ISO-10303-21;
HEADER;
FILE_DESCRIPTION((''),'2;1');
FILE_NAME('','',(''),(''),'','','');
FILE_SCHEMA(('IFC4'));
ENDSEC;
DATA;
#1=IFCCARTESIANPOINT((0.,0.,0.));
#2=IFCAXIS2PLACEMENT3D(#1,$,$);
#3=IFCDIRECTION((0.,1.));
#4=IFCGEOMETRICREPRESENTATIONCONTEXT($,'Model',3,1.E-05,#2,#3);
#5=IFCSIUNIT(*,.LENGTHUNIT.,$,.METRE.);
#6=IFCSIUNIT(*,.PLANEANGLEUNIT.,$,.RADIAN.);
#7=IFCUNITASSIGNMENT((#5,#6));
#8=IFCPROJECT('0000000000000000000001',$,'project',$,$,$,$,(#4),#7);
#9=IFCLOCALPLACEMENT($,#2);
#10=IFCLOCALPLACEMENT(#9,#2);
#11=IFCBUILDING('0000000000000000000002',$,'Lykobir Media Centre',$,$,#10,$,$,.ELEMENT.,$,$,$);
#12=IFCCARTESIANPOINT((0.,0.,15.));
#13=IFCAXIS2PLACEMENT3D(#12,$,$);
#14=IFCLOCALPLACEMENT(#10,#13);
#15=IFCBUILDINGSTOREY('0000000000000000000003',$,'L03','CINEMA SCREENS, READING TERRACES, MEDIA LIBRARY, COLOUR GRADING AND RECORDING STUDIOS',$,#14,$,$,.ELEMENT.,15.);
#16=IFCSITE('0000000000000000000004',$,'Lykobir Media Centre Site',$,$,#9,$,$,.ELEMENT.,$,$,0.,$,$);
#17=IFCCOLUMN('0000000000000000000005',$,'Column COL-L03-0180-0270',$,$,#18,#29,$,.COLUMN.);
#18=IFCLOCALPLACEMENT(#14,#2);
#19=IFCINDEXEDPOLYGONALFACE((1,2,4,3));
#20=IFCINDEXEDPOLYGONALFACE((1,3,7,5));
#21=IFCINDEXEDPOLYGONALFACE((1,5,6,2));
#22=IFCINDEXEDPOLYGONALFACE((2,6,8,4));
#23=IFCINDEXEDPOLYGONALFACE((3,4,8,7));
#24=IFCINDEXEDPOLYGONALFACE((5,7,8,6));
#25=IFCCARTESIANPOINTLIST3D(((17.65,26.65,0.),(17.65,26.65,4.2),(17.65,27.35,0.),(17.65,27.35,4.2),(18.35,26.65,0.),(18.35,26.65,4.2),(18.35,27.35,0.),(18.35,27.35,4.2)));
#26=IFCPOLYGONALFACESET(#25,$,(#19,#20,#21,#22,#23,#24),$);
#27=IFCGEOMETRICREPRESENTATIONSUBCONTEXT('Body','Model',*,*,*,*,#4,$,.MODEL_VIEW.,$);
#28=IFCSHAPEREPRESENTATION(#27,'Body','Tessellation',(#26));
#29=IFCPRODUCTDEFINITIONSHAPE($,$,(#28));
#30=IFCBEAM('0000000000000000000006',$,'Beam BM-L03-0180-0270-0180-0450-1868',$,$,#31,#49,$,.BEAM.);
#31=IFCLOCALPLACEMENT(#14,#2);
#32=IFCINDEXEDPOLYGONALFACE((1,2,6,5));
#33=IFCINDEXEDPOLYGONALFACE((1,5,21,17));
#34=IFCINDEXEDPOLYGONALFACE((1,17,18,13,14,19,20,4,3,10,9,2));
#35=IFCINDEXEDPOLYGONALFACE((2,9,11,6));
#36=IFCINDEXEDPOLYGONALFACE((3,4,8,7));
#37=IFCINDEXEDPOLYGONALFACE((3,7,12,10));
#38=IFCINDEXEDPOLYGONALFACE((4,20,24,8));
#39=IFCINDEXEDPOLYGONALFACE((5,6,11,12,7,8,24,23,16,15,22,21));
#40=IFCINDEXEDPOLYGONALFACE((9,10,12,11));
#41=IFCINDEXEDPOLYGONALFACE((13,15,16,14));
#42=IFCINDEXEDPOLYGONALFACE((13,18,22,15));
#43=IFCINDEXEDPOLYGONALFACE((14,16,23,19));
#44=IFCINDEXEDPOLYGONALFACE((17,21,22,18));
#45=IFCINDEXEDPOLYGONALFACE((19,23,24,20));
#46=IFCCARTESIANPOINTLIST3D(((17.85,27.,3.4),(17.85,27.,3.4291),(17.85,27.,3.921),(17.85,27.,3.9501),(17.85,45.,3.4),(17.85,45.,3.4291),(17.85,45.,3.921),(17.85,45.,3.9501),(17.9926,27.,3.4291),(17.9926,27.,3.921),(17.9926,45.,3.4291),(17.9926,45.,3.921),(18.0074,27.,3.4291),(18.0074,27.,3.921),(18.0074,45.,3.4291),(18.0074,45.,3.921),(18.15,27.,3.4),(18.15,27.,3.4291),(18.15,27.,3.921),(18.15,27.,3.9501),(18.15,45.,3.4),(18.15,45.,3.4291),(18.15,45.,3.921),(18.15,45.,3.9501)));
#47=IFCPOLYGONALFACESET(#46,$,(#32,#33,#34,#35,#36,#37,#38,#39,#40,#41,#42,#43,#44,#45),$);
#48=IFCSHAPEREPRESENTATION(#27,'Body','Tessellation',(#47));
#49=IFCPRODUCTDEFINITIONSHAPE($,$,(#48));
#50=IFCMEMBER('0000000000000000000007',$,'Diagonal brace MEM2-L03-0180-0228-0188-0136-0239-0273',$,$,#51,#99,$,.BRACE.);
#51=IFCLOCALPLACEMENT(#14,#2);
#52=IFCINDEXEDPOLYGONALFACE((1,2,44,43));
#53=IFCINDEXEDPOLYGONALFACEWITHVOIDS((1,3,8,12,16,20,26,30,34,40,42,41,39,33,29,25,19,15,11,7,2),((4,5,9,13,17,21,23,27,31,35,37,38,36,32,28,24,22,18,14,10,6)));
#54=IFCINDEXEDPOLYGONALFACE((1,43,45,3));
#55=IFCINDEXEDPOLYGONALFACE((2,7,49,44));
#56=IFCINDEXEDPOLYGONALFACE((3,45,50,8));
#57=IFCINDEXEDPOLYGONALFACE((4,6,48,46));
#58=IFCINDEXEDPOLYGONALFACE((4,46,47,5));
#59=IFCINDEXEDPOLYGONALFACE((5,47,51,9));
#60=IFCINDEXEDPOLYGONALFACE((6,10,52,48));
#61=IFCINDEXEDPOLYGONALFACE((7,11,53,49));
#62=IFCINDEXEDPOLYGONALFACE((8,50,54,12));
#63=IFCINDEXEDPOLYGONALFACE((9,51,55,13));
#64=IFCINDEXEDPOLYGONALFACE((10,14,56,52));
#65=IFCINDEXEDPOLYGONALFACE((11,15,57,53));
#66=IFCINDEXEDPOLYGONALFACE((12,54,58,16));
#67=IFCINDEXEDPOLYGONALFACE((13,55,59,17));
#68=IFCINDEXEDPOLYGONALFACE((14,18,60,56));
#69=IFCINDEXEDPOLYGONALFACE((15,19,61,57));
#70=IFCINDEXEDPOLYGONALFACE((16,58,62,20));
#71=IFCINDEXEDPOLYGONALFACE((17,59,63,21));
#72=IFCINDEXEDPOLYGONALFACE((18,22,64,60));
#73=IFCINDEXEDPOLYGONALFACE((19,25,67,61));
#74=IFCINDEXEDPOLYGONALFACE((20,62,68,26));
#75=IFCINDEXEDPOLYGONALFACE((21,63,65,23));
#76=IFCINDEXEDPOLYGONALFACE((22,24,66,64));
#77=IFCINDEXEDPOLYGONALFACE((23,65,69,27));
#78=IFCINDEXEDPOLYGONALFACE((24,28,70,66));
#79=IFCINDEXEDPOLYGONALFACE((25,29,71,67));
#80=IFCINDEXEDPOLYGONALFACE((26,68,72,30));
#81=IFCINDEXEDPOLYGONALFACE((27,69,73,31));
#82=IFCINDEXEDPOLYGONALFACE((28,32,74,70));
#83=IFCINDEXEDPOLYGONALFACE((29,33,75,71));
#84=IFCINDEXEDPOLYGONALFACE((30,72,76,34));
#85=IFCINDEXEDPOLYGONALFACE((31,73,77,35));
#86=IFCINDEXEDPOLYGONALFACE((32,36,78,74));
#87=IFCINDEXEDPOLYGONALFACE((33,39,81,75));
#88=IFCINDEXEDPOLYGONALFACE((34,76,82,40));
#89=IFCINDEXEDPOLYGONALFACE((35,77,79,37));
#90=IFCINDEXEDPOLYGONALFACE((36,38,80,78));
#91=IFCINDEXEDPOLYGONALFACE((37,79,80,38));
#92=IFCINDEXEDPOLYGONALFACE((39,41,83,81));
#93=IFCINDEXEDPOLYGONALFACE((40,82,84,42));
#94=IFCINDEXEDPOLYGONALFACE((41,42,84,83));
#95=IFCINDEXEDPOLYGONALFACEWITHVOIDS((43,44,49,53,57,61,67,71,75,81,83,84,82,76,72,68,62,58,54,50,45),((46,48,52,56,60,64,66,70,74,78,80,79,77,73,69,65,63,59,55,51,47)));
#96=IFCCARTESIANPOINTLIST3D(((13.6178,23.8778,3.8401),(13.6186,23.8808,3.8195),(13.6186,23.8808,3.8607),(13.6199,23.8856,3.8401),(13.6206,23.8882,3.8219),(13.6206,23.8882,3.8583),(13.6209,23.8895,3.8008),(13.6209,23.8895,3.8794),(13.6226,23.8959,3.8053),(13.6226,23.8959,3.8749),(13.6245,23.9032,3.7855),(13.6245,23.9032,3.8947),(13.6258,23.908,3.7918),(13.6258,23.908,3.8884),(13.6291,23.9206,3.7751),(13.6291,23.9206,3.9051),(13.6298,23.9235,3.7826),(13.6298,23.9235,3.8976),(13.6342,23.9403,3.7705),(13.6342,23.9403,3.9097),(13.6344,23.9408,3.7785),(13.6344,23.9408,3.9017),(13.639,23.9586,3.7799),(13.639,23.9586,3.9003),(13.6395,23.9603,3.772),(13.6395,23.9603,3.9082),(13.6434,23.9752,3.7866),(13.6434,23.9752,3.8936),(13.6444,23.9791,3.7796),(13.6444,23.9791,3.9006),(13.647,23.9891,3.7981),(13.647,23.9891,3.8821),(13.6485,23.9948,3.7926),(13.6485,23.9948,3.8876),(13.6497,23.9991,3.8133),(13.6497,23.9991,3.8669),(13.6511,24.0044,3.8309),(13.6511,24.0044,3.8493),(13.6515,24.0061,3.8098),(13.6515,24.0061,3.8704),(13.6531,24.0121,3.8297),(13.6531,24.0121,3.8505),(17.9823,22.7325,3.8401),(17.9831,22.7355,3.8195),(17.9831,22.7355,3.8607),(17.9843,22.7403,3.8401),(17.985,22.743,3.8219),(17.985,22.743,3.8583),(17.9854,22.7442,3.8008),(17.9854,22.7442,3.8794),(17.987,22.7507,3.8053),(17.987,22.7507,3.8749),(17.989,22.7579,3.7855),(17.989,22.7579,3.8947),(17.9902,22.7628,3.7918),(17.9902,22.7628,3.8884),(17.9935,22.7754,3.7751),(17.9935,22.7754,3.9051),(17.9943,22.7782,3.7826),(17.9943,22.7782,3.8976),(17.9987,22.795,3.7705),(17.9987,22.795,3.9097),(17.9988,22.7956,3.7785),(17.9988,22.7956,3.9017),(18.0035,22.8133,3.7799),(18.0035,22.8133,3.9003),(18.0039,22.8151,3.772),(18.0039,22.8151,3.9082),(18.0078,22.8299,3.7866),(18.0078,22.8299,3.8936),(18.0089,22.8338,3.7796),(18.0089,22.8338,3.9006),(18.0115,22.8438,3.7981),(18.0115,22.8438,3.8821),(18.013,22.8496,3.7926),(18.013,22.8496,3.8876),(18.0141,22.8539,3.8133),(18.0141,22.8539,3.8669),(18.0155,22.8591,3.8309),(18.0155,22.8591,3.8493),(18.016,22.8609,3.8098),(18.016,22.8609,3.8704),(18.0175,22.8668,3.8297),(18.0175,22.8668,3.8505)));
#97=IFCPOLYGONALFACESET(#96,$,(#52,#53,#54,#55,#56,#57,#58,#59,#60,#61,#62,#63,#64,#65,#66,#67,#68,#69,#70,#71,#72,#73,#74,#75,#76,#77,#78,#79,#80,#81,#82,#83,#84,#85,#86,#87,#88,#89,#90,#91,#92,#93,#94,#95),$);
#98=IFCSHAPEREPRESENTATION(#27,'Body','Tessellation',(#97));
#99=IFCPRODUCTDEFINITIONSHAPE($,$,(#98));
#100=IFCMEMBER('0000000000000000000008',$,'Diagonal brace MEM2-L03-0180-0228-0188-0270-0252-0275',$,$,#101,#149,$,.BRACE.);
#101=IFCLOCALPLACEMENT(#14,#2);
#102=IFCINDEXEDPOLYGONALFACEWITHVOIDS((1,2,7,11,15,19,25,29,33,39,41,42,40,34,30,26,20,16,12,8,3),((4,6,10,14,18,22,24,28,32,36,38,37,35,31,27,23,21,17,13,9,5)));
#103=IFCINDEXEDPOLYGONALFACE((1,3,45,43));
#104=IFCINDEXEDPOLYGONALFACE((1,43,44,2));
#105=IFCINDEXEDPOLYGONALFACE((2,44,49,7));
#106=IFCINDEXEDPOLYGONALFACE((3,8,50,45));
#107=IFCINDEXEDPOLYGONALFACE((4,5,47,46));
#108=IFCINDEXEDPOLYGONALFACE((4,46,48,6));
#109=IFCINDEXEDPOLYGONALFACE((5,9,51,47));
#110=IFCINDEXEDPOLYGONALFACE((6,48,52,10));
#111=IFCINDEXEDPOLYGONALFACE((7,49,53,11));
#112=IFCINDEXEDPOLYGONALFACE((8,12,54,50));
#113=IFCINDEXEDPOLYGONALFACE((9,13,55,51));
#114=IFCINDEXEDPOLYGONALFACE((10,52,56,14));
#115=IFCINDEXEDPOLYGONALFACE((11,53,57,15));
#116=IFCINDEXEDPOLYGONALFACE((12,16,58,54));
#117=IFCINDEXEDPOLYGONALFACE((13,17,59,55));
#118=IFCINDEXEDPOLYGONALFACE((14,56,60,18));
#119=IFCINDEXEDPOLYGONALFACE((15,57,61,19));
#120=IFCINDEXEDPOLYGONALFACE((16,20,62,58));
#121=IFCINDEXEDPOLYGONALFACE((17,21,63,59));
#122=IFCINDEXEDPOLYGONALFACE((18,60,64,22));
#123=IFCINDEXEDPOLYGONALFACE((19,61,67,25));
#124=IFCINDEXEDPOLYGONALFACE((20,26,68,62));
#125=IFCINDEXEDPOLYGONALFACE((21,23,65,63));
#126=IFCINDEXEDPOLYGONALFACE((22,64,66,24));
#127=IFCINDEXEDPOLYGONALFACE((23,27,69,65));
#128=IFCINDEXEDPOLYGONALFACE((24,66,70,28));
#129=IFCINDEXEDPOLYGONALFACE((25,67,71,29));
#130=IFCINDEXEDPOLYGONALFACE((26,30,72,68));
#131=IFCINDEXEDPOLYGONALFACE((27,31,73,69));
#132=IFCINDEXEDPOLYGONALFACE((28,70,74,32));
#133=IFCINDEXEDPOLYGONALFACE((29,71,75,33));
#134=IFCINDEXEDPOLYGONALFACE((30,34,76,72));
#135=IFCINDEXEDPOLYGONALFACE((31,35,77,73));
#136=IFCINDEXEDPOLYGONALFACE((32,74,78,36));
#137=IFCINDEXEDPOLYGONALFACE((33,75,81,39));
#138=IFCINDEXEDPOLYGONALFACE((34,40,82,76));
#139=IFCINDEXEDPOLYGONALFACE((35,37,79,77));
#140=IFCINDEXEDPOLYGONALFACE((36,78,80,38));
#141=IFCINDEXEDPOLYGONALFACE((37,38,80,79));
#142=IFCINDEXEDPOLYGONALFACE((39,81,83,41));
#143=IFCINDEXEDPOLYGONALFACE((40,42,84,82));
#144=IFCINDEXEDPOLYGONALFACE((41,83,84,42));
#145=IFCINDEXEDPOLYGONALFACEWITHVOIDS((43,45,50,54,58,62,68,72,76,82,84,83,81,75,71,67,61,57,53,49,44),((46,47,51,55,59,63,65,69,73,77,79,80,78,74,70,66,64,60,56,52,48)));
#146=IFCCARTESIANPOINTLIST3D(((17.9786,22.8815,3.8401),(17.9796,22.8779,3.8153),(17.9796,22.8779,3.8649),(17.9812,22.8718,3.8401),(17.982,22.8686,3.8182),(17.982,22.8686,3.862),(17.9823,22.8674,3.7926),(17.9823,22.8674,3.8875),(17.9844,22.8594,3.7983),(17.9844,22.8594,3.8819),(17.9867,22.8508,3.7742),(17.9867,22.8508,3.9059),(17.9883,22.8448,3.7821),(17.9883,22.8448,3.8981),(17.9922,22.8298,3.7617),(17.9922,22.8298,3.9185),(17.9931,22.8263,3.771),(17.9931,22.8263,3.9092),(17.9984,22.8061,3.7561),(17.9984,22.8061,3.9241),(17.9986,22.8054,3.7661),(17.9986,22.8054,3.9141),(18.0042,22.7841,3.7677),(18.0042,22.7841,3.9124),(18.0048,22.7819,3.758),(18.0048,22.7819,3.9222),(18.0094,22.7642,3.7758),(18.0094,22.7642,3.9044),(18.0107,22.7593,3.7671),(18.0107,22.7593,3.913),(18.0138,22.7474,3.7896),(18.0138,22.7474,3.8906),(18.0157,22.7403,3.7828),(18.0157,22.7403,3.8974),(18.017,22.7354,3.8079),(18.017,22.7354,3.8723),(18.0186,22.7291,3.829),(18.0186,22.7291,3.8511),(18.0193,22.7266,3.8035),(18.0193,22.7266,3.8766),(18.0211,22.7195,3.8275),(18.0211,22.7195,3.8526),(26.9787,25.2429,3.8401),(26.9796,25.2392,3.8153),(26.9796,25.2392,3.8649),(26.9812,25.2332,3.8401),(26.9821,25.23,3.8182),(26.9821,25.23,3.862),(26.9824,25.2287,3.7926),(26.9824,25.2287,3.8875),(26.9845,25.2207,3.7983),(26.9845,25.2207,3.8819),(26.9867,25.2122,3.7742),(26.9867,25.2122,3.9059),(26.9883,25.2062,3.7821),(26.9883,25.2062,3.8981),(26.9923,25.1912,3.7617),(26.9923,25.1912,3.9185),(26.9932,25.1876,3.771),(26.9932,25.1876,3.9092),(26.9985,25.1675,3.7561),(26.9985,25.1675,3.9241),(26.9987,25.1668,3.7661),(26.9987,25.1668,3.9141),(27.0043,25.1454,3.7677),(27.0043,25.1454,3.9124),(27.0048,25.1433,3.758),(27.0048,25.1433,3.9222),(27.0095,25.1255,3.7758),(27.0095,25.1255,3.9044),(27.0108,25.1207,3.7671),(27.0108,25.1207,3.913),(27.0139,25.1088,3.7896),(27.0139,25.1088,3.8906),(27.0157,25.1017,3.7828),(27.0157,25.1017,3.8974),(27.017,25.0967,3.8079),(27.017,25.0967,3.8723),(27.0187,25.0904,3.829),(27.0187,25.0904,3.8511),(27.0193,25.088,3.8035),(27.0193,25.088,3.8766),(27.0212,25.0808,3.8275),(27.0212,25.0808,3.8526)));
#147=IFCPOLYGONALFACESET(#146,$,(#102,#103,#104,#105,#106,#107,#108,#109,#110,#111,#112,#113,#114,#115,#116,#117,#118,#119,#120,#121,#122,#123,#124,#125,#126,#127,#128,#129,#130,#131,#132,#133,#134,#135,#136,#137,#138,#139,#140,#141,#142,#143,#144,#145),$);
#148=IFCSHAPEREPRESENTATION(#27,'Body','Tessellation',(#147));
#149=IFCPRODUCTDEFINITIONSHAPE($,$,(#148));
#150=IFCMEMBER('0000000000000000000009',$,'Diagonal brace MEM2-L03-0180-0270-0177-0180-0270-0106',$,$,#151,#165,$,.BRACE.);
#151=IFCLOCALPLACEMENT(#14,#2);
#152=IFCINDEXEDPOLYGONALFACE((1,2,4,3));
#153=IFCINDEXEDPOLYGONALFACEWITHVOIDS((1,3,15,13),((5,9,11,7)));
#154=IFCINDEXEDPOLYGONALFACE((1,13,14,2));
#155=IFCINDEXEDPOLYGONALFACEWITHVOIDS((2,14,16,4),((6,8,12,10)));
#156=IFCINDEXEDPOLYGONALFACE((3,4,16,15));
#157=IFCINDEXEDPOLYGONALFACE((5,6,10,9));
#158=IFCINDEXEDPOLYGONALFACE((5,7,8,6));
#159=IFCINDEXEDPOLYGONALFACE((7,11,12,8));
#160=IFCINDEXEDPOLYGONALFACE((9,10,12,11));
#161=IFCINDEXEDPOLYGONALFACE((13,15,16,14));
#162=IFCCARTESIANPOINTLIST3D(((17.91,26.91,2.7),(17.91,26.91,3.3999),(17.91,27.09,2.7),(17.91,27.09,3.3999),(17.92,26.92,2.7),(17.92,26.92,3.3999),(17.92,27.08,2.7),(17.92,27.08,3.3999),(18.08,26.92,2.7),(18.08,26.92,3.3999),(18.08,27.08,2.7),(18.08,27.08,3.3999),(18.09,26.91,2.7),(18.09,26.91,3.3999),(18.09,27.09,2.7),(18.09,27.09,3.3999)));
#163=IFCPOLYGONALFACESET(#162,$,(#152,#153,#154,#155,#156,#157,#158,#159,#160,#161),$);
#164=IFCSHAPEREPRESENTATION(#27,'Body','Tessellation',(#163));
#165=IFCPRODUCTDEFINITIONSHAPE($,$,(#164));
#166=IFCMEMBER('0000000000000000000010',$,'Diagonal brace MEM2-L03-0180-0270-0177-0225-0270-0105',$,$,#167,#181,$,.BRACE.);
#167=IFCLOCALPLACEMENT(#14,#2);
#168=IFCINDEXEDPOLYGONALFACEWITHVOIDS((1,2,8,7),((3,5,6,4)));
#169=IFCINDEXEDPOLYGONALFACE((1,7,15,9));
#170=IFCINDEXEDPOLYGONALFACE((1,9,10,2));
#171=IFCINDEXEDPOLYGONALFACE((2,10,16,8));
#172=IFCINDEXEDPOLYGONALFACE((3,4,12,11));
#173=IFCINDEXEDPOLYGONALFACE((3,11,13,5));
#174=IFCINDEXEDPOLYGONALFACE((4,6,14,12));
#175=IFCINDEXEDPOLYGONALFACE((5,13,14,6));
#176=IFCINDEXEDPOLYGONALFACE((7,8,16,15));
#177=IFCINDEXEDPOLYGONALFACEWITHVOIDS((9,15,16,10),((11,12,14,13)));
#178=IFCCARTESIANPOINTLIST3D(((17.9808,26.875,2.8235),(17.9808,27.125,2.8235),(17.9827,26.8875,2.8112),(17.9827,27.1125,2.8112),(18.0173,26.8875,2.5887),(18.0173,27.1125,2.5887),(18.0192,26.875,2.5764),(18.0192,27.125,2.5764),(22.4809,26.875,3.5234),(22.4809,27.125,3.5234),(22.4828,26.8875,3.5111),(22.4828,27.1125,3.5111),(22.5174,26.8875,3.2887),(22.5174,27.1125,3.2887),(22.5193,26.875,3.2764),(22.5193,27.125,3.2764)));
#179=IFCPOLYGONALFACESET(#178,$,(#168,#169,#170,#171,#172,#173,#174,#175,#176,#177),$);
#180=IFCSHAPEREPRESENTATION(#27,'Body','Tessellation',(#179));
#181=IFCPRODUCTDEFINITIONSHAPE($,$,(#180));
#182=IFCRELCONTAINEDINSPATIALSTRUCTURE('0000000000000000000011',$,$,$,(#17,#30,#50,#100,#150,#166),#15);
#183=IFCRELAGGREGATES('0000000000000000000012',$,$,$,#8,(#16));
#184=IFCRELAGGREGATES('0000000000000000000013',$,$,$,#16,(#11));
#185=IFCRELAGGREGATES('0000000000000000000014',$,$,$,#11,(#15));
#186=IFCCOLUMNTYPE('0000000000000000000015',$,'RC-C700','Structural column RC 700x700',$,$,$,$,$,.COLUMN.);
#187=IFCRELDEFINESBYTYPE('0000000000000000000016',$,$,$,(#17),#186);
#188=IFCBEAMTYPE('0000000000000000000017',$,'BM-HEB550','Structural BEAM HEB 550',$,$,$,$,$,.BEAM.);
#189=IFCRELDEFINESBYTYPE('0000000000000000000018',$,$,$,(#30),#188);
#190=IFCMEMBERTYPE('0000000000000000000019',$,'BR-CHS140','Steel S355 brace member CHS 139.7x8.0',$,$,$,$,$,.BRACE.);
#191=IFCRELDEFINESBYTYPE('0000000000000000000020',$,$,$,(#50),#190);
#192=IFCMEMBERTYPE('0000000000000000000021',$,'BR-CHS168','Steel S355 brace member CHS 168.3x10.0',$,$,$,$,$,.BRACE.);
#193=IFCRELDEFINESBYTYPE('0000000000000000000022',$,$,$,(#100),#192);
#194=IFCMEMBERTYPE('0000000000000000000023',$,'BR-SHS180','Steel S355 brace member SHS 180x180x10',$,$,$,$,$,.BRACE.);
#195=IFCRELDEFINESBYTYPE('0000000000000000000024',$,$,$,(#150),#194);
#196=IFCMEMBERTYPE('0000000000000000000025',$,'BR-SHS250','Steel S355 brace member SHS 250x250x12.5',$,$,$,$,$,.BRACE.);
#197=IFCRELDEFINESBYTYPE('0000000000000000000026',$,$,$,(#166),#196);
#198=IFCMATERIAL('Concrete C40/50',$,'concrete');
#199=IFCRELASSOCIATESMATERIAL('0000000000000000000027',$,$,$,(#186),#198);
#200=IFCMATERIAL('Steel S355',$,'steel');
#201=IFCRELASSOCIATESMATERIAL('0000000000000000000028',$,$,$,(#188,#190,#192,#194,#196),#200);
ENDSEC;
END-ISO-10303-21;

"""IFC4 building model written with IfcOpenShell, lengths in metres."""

from ifc_helpers import new_model, si_unit, direction, frame, origin, origin_2d, place, context, subcontext, project, spatial, rectangle, hollow_rectangle, hollow_circle, i_section, extrude, material, material_profile, profile_set, type_object, element, save


model = new_model("IFC4")

# Units and contexts
model_context = context("Model", 3, precision=1e-05, world=origin(), true_north=direction((0.0, 1.0)))
body_context = subcontext(model_context, "Body", "Model", "MODEL_VIEW")
ifc_project = project(units=[si_unit("LENGTHUNIT", "METRE"), si_unit("PLANEANGLEUNIT", "RADIAN")], contexts=[model_context])

# Site, building, storey
site_placement = place(None, origin())
site = spatial("IfcSite", under=ifc_project, at=site_placement, Name="Lykobir Media Centre Site", CompositionType="ELEMENT", RefElevation=0.0)
building_placement = place(site_placement, origin())
building = spatial("IfcBuilding", under=site, at=building_placement, Name="Lykobir Media Centre", CompositionType="ELEMENT")
storey_placement = place(building_placement, frame((0.0, 0.0, 15.0)))
storey = spatial("IfcBuildingStorey", under=building, at=storey_placement, Name="L03", Description="CINEMA SCREENS, READING TERRACES, MEDIA LIBRARY, COLOUR GRADING AND RECORDING STUDIOS", CompositionType="ELEMENT", Elevation=15.0)

# Column
ifc_material_1 = material(Name="Concrete C40/50", Category="concrete")
ifc_material_profile_1 = material_profile(ifc_material_1, rectangle(XDim=0.7, YDim=0.7, at=origin_2d()), Name="RC 700x700")
ifc_profile_set_1 = profile_set([ifc_material_profile_1], Name="Concrete C40/50")
column_type = type_object("IfcColumnType", Name="RC-C700", Description="Structural column RC 700x700", PredefinedType="COLUMN", material=ifc_profile_set_1)
column_placement = place(storey_placement, frame((18.0, 27.0, 0.0), z_axis=(0.0, 0.0, 1.0), x_axis=(1.0, 0.0, 0.0)))
element("IfcColumn", 1, at=column_placement, inside=storey, type_object=column_type, Name="Column COL-L03-0180-0270", PredefinedType="COLUMN", context=body_context, shape_type="SweptSolid", body=[
    extrude(rectangle(XDim=0.7, YDim=0.7, at=origin_2d()), origin(), (0.0, 0.0, 1.0), 4.2),
])

# Beam
ifc_material_2 = material(Name="Steel S355", Category="steel")
ifc_material_profile_2 = material_profile(ifc_material_2, i_section(OverallWidth=0.3, OverallDepth=0.55, WebThickness=0.0149, FlangeThickness=0.0291, at=origin_2d()), Name="HEB 550")
ifc_profile_set_2 = profile_set([ifc_material_profile_2], Name="Steel S355")
beam_type = type_object("IfcBeamType", Name="BM-HEB550", Description="Structural BEAM HEB 550", PredefinedType="BEAM", material=ifc_profile_set_2)
beam_placement = place(storey_placement, frame((18.0, 27.0, 3.675), z_axis=(0.0, 1.0, 0.0), x_axis=(-1.0, 0.0, 0.0)))
element("IfcBeam", 2, at=beam_placement, inside=storey, type_object=beam_type, Name="Beam BM-L03-0180-0270-0180-0450-1868", PredefinedType="BEAM", context=body_context, shape_type="SweptSolid", body=[
    extrude(i_section(OverallWidth=0.3, OverallDepth=0.55, WebThickness=0.0149, FlangeThickness=0.0291, at=origin_2d()), origin(), (0.0, 0.0, 1.0), 18.0),
])

# Members
ifc_material_profile_3 = material_profile(ifc_material_2, hollow_circle(Radius=0.0698, WallThickness=0.0081, at=origin_2d()), Name="CHS 139.7x8.0")
ifc_profile_set_3 = profile_set([ifc_material_profile_3], Name="Steel S355")
member_type_1 = type_object("IfcMemberType", Name="BR-CHS140", Description="Steel S355 brace member CHS 139.7x8.0", PredefinedType="BRACE", material=ifc_profile_set_3)
member_1_placement = place(storey_placement, frame((18.0, 22.8, 3.8401), z_axis=(-0.967254, 0.253811, 0.0), x_axis=(-0.253811, -0.967254, 0.0)))
element("IfcMember", 3, at=member_1_placement, inside=storey, type_object=member_type_1, Name="Diagonal brace MEM2-L03-0180-0228-0188-0136-0239-0273", PredefinedType="BRACE", context=body_context, shape_type="SweptSolid", body=[
    extrude(hollow_circle(Radius=0.0698, WallThickness=0.0081, at=origin_2d()), origin(), (0.0, 0.0, 1.0), 4.5122),
])
ifc_material_profile_4 = material_profile(ifc_material_2, hollow_circle(Radius=0.0842, WallThickness=0.01, at=origin_2d()), Name="CHS 168.3x10.0")
ifc_profile_set_4 = profile_set([ifc_material_profile_4], Name="Steel S355")
member_type_2 = type_object("IfcMemberType", Name="BR-CHS168", Description="Steel S355 brace member CHS 168.3x10.0", PredefinedType="BRACE", material=ifc_profile_set_4)
member_2_placement = place(storey_placement, frame((18.0, 22.8, 3.8401), z_axis=(0.967262, 0.25378, 0.0), x_axis=(-0.25378, 0.967262, 0.0)))
element("IfcMember", 4, at=member_2_placement, inside=storey, type_object=member_type_2, Name="Diagonal brace MEM2-L03-0180-0228-0188-0270-0252-0275", PredefinedType="BRACE", context=body_context, shape_type="SweptSolid", body=[
    extrude(hollow_circle(Radius=0.0842, WallThickness=0.01, at=origin_2d()), origin(), (0.0, 0.0, 1.0), 9.3047),
])
ifc_material_profile_5 = material_profile(ifc_material_2, hollow_rectangle(XDim=0.1799, YDim=0.1799, WallThickness=0.01, at=origin_2d()), Name="SHS 180x180x10")
ifc_profile_set_5 = profile_set([ifc_material_profile_5], Name="Steel S355")
member_type_3 = type_object("IfcMemberType", Name="BR-SHS180", Description="Steel S355 brace member SHS 180x180x10", PredefinedType="BRACE", material=ifc_profile_set_5)
member_3_placement = place(storey_placement, frame((18.0, 27.0, 2.7), z_axis=(0.0, 0.0, 1.0), x_axis=(1.0, 0.0, 0.0)))
element("IfcMember", 5, at=member_3_placement, inside=storey, type_object=member_type_3, Name="Diagonal brace MEM2-L03-0180-0270-0177-0180-0270-0106", PredefinedType="BRACE", context=body_context, shape_type="SweptSolid", body=[
    extrude(hollow_rectangle(XDim=0.1799, YDim=0.1799, WallThickness=0.01, at=origin_2d()), origin(), (0.0, 0.0, 1.0), 0.7),
])
ifc_material_profile_6 = material_profile(ifc_material_2, hollow_rectangle(XDim=0.25, YDim=0.25, WallThickness=0.0125, at=origin_2d()), Name="SHS 250x250x12.5")
ifc_profile_set_6 = profile_set([ifc_material_profile_6], Name="Steel S355")
member_type_4 = type_object("IfcMemberType", Name="BR-SHS250", Description="Steel S355 brace member SHS 250x250x12.5", PredefinedType="BRACE", material=ifc_profile_set_6)
member_4_placement = place(storey_placement, frame((18.0, 27.0, 2.7), z_axis=(0.988118, 0.0, 0.153697), x_axis=(0.0, 1.0, 0.0)))
element("IfcMember", 6, at=member_4_placement, inside=storey, type_object=member_type_4, Name="Diagonal brace MEM2-L03-0180-0270-0177-0225-0270-0105", PredefinedType="BRACE", context=body_context, shape_type="SweptSolid", body=[
    extrude(hollow_rectangle(XDim=0.25, YDim=0.25, WallThickness=0.0125, at=origin_2d()), origin(), (0.0, 0.0, 1.0), 4.5542),
])

save(model, "model.ifc")
